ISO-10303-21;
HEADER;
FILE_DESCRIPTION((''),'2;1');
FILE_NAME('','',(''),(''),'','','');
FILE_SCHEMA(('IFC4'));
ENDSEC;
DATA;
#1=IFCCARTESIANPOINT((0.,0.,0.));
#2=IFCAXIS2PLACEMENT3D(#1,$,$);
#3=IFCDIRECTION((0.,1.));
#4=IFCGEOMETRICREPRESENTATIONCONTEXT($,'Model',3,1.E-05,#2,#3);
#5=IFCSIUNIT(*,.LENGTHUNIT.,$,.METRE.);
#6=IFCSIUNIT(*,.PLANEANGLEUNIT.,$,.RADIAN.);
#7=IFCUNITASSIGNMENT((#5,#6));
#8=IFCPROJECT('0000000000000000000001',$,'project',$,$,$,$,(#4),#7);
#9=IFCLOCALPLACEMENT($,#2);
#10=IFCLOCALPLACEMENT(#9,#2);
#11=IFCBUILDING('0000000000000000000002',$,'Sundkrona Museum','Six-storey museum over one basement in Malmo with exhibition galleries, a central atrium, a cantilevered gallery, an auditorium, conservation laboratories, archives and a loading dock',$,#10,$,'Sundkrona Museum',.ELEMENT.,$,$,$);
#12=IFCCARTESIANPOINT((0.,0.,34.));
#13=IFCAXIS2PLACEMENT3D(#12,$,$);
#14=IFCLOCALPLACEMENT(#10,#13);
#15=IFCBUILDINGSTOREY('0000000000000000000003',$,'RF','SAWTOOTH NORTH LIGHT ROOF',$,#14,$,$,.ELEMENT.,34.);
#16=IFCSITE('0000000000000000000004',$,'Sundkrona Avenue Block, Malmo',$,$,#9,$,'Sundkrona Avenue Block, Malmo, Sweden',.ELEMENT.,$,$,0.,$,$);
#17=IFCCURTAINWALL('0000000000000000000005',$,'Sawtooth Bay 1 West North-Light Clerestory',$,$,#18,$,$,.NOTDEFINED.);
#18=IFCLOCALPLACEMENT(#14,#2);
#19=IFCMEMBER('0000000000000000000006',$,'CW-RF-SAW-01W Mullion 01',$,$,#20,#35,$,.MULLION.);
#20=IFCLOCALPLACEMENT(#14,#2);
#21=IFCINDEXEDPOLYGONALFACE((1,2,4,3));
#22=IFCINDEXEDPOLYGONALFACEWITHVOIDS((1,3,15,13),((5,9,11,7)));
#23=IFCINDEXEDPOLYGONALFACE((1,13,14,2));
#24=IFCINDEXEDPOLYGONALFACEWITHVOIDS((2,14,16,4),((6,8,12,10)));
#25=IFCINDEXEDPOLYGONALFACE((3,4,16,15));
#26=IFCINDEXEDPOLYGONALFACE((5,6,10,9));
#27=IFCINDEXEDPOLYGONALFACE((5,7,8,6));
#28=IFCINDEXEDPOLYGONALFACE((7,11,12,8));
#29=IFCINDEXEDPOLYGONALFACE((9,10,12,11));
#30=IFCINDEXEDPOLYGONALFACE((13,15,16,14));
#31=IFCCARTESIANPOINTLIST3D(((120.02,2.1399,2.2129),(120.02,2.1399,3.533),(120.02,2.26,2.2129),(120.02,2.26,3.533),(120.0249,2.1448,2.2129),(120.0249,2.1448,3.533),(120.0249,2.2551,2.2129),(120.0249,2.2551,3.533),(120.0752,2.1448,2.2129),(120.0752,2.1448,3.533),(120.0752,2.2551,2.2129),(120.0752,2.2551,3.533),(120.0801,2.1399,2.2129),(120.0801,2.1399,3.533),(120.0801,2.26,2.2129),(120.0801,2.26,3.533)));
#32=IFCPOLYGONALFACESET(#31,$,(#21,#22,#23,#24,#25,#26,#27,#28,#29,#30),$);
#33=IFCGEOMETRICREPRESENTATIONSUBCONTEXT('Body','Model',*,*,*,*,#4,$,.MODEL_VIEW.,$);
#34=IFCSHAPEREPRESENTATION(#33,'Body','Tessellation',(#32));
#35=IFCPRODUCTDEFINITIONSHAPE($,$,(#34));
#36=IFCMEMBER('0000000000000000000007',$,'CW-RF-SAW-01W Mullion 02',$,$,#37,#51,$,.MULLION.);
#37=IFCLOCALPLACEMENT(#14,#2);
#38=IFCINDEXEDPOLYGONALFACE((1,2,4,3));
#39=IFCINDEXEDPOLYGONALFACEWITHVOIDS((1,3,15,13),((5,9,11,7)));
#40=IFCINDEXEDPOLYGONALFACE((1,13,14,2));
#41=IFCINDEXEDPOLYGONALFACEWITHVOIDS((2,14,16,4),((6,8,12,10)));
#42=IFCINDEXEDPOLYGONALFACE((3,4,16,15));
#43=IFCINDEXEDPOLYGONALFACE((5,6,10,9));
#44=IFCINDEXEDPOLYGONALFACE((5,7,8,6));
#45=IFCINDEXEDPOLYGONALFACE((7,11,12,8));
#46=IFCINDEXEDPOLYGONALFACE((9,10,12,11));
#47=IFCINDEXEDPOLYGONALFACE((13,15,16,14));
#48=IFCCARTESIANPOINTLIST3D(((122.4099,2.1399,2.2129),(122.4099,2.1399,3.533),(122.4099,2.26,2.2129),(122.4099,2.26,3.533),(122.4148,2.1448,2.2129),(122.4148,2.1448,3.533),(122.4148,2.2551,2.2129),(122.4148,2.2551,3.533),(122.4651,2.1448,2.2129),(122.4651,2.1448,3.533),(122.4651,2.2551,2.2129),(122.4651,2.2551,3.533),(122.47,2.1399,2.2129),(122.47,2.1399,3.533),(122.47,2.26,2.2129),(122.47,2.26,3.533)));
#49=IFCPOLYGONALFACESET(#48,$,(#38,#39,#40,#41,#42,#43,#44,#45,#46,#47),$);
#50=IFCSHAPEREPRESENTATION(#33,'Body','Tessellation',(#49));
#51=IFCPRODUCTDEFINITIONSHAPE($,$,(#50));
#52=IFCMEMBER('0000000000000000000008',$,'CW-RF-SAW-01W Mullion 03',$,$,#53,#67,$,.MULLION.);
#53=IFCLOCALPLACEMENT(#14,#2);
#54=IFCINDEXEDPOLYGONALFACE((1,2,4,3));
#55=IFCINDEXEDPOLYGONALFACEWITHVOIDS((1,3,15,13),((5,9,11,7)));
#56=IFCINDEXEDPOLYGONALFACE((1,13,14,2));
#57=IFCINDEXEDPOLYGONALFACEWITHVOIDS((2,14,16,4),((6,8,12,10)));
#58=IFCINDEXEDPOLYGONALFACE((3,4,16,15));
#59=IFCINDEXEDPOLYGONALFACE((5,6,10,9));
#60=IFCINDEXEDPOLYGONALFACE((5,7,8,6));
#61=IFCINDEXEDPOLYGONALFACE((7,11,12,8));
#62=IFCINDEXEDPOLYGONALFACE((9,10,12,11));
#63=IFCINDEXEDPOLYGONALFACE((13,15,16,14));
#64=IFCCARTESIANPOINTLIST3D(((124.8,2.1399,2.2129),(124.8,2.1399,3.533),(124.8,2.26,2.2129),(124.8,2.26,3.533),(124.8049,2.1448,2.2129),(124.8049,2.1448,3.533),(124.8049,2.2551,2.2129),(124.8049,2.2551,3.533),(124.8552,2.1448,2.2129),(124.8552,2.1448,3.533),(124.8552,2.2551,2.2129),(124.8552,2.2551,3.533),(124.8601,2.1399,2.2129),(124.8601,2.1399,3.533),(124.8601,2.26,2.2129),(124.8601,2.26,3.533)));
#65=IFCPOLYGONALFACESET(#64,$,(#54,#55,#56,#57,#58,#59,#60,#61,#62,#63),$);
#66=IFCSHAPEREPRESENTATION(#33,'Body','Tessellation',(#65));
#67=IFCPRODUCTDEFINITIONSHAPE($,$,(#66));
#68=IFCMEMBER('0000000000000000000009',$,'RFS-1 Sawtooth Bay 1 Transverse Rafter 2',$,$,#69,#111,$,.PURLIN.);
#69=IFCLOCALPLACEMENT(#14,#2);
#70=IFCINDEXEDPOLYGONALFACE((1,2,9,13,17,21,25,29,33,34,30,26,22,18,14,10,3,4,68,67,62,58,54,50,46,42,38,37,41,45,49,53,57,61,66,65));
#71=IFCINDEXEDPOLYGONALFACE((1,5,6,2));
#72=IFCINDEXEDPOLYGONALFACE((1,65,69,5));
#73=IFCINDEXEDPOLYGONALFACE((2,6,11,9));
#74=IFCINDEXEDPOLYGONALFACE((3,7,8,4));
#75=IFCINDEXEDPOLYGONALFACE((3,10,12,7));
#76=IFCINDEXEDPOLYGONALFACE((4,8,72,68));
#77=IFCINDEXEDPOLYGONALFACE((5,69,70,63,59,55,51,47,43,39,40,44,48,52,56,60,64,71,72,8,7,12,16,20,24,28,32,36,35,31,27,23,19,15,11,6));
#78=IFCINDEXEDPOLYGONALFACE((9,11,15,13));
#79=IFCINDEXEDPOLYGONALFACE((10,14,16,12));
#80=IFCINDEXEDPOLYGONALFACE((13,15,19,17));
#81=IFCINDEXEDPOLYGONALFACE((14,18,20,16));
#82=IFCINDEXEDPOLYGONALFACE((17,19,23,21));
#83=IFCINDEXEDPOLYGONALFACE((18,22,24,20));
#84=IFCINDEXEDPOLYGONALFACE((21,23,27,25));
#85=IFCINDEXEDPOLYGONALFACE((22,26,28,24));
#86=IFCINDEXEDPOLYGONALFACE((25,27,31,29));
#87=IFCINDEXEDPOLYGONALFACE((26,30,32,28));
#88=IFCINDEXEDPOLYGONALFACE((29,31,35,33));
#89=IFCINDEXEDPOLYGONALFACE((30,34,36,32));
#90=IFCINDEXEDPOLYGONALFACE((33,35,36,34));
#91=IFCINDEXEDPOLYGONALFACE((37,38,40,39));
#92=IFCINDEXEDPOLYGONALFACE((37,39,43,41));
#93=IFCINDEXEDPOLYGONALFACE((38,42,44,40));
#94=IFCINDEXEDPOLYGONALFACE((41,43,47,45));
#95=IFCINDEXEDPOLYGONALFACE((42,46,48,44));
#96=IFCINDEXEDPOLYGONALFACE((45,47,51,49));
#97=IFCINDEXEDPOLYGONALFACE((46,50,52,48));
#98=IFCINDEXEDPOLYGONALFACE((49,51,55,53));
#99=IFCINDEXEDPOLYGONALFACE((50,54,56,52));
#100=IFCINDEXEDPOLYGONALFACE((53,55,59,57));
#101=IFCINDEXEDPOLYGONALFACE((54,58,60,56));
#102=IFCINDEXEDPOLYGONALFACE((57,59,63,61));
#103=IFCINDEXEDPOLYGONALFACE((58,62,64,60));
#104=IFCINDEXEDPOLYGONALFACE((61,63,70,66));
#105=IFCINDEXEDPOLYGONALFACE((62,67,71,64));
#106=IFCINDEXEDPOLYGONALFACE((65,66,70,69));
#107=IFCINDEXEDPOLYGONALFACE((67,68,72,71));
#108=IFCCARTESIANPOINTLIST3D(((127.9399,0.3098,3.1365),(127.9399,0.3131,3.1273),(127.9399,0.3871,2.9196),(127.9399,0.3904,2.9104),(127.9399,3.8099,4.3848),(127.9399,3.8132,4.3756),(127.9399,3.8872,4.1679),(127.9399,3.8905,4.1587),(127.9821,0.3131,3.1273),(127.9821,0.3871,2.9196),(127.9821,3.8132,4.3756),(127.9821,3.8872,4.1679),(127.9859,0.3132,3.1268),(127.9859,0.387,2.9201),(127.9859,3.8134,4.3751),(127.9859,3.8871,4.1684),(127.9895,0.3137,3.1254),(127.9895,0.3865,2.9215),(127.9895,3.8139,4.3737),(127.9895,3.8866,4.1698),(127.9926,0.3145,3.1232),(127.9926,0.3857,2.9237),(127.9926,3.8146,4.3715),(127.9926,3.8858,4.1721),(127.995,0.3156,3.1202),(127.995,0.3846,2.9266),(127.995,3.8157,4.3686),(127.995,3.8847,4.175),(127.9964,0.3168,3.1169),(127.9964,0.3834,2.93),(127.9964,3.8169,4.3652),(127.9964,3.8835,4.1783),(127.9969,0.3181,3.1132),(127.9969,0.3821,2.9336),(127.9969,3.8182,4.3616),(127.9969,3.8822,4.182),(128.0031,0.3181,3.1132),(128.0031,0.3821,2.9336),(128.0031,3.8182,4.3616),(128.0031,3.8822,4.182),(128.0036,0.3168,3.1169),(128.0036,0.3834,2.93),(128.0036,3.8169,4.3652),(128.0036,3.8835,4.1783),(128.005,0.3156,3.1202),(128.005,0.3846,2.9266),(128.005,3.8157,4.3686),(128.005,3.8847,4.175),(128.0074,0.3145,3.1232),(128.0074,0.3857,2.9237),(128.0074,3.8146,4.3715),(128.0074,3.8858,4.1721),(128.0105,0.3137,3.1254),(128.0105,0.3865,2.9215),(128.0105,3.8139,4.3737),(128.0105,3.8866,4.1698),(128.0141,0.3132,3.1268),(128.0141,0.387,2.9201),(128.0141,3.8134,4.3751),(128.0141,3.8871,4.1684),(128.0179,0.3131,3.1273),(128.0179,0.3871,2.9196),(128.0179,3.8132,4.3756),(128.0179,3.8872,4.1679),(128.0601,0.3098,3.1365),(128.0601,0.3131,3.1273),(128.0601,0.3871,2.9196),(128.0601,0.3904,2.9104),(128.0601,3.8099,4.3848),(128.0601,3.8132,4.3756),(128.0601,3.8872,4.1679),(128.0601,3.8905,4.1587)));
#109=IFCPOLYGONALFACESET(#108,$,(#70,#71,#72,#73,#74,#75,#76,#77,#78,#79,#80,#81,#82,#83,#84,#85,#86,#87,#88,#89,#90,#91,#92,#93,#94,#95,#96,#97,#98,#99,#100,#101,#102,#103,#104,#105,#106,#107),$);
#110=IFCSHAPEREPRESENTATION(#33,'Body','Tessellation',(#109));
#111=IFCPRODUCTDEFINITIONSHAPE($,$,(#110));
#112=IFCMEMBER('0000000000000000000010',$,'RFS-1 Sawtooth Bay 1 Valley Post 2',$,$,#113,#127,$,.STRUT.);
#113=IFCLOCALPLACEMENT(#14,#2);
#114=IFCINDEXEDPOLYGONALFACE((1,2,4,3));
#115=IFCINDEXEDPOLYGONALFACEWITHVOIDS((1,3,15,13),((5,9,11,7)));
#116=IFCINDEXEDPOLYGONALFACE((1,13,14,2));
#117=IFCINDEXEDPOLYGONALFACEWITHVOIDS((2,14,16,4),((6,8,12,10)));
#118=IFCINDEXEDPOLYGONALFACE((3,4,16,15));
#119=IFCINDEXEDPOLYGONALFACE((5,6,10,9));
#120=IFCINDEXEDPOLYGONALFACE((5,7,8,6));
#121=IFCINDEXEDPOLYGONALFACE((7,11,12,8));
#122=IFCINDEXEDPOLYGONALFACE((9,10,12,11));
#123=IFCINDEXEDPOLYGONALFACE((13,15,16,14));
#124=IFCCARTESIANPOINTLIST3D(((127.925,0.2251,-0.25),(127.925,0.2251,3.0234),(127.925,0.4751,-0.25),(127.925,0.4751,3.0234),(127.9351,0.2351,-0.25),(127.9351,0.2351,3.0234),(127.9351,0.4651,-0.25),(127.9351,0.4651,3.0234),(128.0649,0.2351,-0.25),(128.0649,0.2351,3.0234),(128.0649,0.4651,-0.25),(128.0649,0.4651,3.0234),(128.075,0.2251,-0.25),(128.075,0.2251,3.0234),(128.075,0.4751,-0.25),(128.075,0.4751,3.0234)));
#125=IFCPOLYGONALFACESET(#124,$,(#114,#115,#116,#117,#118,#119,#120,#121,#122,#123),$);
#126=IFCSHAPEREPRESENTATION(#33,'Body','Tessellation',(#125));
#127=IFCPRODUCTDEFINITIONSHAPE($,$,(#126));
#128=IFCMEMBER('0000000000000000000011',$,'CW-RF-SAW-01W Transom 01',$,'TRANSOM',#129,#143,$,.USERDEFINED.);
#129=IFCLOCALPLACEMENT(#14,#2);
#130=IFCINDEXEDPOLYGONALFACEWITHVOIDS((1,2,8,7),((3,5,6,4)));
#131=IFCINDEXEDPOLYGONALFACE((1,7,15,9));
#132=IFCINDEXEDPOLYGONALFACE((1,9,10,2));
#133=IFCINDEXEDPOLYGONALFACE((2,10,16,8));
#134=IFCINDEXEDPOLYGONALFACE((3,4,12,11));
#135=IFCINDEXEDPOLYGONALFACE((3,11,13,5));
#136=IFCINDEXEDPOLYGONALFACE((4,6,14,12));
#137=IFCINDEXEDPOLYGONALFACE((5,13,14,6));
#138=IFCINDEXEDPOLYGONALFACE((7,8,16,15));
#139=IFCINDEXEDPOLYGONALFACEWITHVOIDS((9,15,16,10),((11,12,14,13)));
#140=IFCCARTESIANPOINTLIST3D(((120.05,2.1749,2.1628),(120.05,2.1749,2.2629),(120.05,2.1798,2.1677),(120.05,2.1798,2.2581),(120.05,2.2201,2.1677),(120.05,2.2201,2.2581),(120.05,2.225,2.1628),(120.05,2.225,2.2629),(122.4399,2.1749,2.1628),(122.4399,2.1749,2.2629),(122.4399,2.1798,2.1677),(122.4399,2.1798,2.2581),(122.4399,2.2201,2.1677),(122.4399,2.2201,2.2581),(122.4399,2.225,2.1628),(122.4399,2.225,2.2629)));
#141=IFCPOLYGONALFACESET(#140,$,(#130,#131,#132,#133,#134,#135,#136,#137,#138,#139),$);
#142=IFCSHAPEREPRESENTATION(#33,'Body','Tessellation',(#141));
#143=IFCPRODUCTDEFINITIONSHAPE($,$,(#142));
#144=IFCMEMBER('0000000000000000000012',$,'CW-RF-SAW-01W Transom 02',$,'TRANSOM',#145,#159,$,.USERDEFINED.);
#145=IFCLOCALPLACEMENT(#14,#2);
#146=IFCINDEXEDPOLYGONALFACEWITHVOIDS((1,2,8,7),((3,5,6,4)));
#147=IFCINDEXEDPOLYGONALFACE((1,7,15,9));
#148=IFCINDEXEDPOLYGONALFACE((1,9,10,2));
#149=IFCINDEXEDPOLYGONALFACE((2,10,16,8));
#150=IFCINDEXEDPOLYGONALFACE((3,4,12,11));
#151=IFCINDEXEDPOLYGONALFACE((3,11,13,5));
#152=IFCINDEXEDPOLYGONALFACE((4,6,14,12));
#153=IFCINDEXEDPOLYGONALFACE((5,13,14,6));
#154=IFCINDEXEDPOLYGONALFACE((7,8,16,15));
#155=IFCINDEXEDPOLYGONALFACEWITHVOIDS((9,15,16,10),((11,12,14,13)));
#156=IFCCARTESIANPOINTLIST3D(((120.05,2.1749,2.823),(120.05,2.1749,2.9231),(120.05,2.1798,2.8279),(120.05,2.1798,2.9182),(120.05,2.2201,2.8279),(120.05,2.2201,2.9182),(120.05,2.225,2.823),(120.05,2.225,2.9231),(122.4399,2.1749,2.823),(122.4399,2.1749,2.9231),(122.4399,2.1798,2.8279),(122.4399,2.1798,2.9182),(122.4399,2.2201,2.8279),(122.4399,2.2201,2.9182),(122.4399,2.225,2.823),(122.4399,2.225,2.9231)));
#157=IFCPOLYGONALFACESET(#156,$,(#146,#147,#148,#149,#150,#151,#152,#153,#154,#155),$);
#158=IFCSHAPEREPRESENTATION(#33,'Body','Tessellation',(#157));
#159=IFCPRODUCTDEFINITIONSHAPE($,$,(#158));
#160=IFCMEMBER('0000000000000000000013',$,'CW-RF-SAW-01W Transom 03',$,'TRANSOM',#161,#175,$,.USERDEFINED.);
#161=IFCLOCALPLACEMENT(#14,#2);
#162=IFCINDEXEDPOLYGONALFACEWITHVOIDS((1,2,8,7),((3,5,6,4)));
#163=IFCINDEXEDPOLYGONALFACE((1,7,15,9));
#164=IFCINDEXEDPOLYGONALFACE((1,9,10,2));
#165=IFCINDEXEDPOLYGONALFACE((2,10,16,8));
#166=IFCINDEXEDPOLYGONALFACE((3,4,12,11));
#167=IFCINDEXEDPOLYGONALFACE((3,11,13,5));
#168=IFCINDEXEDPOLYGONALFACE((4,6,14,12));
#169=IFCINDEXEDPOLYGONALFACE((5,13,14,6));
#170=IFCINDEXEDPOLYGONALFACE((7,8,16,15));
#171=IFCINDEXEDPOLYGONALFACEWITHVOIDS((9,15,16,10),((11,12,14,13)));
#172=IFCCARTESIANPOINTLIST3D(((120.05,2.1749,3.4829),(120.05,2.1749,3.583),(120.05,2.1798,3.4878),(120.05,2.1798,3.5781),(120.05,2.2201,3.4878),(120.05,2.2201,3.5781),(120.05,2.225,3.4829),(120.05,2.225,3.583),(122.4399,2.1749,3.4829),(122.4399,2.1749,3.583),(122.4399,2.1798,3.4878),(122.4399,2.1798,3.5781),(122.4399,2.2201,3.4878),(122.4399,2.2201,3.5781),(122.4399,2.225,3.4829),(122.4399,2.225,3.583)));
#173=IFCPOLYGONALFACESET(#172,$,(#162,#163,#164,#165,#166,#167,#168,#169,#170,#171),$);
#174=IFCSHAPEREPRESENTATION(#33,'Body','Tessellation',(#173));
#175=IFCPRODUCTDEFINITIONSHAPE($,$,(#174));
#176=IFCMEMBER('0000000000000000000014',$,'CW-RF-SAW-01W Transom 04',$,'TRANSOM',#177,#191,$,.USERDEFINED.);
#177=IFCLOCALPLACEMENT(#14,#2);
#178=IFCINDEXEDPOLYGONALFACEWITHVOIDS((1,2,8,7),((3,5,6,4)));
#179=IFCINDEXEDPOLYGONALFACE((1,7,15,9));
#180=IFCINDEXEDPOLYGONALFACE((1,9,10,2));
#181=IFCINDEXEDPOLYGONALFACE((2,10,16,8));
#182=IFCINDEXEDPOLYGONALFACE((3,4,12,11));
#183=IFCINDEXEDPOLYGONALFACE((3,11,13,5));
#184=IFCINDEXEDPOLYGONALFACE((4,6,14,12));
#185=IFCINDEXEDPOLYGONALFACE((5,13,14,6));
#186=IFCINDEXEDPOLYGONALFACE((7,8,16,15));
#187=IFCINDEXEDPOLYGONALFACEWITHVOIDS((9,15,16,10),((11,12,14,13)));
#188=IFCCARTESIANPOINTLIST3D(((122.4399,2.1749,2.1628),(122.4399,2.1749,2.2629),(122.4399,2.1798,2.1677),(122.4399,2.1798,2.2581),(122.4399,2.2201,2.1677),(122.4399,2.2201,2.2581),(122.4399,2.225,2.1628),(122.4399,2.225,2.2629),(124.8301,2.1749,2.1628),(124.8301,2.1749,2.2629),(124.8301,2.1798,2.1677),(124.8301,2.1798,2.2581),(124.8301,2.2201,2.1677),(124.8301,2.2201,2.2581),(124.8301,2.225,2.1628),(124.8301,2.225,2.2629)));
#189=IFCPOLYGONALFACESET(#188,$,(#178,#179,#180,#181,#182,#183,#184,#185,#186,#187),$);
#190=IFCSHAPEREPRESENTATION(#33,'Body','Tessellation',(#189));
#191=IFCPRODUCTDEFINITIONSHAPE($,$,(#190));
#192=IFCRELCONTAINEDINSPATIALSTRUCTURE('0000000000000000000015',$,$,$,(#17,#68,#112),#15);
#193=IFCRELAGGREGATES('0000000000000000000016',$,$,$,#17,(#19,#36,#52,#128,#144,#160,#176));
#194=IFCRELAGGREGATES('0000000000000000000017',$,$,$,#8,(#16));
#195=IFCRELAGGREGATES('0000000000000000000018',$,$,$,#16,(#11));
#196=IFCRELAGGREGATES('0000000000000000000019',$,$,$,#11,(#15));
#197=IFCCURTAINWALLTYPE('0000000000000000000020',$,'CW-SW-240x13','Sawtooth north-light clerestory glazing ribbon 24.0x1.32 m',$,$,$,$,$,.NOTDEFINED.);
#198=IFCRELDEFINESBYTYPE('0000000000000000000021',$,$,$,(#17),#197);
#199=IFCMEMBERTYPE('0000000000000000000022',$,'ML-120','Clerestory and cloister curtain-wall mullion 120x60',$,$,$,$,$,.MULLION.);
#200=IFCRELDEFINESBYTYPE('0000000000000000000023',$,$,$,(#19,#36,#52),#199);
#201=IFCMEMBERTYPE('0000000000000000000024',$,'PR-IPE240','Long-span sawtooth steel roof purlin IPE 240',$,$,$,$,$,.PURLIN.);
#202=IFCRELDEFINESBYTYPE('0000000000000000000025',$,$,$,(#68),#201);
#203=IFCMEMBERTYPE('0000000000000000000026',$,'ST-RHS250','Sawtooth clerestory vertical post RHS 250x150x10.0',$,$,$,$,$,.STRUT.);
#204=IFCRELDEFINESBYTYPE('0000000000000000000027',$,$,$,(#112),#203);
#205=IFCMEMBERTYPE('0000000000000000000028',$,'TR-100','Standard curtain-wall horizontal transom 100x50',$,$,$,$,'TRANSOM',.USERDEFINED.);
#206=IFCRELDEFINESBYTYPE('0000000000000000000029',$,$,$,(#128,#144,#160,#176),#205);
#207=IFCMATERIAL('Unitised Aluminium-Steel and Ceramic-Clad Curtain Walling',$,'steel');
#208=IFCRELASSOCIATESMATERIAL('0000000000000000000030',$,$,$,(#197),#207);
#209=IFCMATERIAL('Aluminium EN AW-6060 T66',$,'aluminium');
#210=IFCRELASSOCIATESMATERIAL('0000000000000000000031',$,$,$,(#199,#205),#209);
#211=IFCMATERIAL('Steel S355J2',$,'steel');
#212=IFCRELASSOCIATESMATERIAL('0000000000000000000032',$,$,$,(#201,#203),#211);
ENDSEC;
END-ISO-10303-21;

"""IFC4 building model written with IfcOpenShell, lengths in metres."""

from ifc_helpers import new_model, si_unit, direction, frame, origin, origin_2d, place, context, subcontext, project, spatial, hollow_rectangle, i_section, extrude, material, material_profile, profile_set, type_object, element, aggregate, save


model = new_model("IFC4")

# Units and contexts
model_context = context("Model", 3, precision=1e-05, world=origin(), true_north=direction((0.0, 1.0)))
body_context = subcontext(model_context, "Body", "Model", "MODEL_VIEW")
ifc_project = project(units=[si_unit("LENGTHUNIT", "METRE"), si_unit("PLANEANGLEUNIT", "RADIAN")], contexts=[model_context])

# Site, building, storey
site_placement = place(None, origin())
site = spatial("IfcSite", under=ifc_project, at=site_placement, Name="Sundkrona Avenue Block, Malmo", LongName="Sundkrona Avenue Block, Malmo, Sweden", CompositionType="ELEMENT", RefElevation=0.0)
building_placement = place(site_placement, origin())
building = spatial("IfcBuilding", under=site, at=building_placement, Name="Sundkrona Museum", Description="Six-storey museum over one basement in Malmo with exhibition galleries, a central atrium, a cantilevered gallery, an auditorium, conservation laboratories, archives and a loading dock", LongName="Sundkrona Museum", CompositionType="ELEMENT")
storey_placement = place(building_placement, frame((0.0, 0.0, 34.0)))
storey = spatial("IfcBuildingStorey", under=building, at=storey_placement, Name="RF", Description="SAWTOOTH NORTH LIGHT ROOF", CompositionType="ELEMENT", Elevation=34.0)

# Curtain wall, members
ifc_material_1 = material(Name="Unitised Aluminium-Steel and Ceramic-Clad Curtain Walling", Category="steel")
curtain_wall_type = type_object("IfcCurtainWallType", Name="CW-SW-240x13", Description="Sawtooth north-light clerestory glazing ribbon 24.0x1.32 m", PredefinedType="NOTDEFINED", material=ifc_material_1)
curtain_wall_placement = place(storey_placement, origin())
curtain_wall = element("IfcCurtainWall", 1, at=curtain_wall_placement, inside=storey, type_object=curtain_wall_type, Name="Sawtooth Bay 1 West North-Light Clerestory", PredefinedType="NOTDEFINED")
ifc_material_2 = material(Name="Aluminium EN AW-6060 T66", Category="aluminium")
ifc_material_profile_1 = material_profile(ifc_material_2, hollow_rectangle(XDim=0.0601, YDim=0.1201, WallThickness=0.0049, at=origin_2d()), Name="RHS 120x60x5.0")
ifc_profile_set_1 = profile_set([ifc_material_profile_1], Name="Aluminium EN AW-6060 T66")
member_type_1 = type_object("IfcMemberType", Name="ML-120", Description="Clerestory and cloister curtain-wall mullion 120x60", PredefinedType="MULLION", material=ifc_profile_set_1)
member_1_placement = place(storey_placement, frame((120.05, 2.2, 2.2129), z_axis=(0.0, 0.0, 1.0), x_axis=(1.0, 0.0, 0.0)))
member_1 = element("IfcMember", 2, at=member_1_placement, type_object=member_type_1, Name="CW-RF-SAW-01W Mullion 01", PredefinedType="MULLION", context=body_context, shape_type="SweptSolid", body=[
    extrude(hollow_rectangle(XDim=0.0601, YDim=0.1201, WallThickness=0.0049, at=origin_2d()), origin(), (0.0, 0.0, 1.0), 1.3201),
])
member_2_placement = place(storey_placement, frame((122.4399, 2.2, 2.2129), z_axis=(0.0, 0.0, 1.0), x_axis=(1.0, 0.0, 0.0)))
member_2 = element("IfcMember", 3, at=member_2_placement, type_object=member_type_1, Name="CW-RF-SAW-01W Mullion 02", PredefinedType="MULLION", context=body_context, shape_type="SweptSolid", body=[
    extrude(hollow_rectangle(XDim=0.0601, YDim=0.1201, WallThickness=0.0049, at=origin_2d()), origin(), (0.0, 0.0, 1.0), 1.3201),
])
member_3_placement = place(storey_placement, frame((124.8301, 2.2, 2.2129), z_axis=(0.0, 0.0, 1.0), x_axis=(1.0, 0.0, 0.0)))
member_3 = element("IfcMember", 4, at=member_3_placement, type_object=member_type_1, Name="CW-RF-SAW-01W Mullion 03", PredefinedType="MULLION", context=body_context, shape_type="SweptSolid", body=[
    extrude(hollow_rectangle(XDim=0.0601, YDim=0.1201, WallThickness=0.0049, at=origin_2d()), origin(), (0.0, 0.0, 1.0), 1.3201),
])

# Members
ifc_material_3 = material(Name="Steel S355J2", Category="steel")
ifc_material_profile_2 = material_profile(ifc_material_3, i_section(OverallWidth=0.1201, OverallDepth=0.24, WebThickness=0.0061, FlangeThickness=0.0098, FilletRadius=0.0149, at=origin_2d()), Name="IPE 240")
ifc_profile_set_2 = profile_set([ifc_material_profile_2], Name="Steel S355J2")
member_type_2 = type_object("IfcMemberType", Name="PR-IPE240", Description="Long-span sawtooth steel roof purlin IPE 240", PredefinedType="PURLIN", material=ifc_profile_set_2)
member_4_placement = place(storey_placement, frame((128.0, 0.3501, 3.0234), z_axis=(0.0, 0.941887, 0.335928), x_axis=(-1.0, 0.0, 0.0)))
element("IfcMember", 5, at=member_4_placement, inside=storey, type_object=member_type_2, Name="RFS-1 Sawtooth Bay 1 Transverse Rafter 2", PredefinedType="PURLIN", context=body_context, shape_type="SweptSolid", body=[
    extrude(i_section(OverallWidth=0.1201, OverallDepth=0.24, WebThickness=0.0061, FlangeThickness=0.0098, FilletRadius=0.0149, at=origin_2d()), origin(), (0.0, 0.0, 1.0), 3.7161),
])
ifc_material_profile_3 = material_profile(ifc_material_3, hollow_rectangle(XDim=0.1499, YDim=0.25, WallThickness=0.01, at=origin_2d()), Name="RHS 250x150x10.0")
ifc_profile_set_3 = profile_set([ifc_material_profile_3], Name="Steel S355J2")
member_type_3 = type_object("IfcMemberType", Name="ST-RHS250", Description="Sawtooth clerestory vertical post RHS 250x150x10.0", PredefinedType="STRUT", material=ifc_profile_set_3)
member_5_placement = place(storey_placement, frame((128.0, 0.3501, -0.25), z_axis=(0.0, 0.0, 1.0), x_axis=(1.0, 0.0, 0.0)))
element("IfcMember", 6, at=member_5_placement, inside=storey, type_object=member_type_3, Name="RFS-1 Sawtooth Bay 1 Valley Post 2", PredefinedType="STRUT", context=body_context, shape_type="SweptSolid", body=[
    extrude(hollow_rectangle(XDim=0.1499, YDim=0.25, WallThickness=0.01, at=origin_2d()), origin(), (0.0, 0.0, 1.0), 3.2734),
])

# Members
ifc_material_profile_4 = material_profile(ifc_material_2, hollow_rectangle(XDim=0.05, YDim=0.1001, WallThickness=0.0049, at=origin_2d()), Name="RHS 100x50x5.0")
ifc_profile_set_4 = profile_set([ifc_material_profile_4], Name="Aluminium EN AW-6060 T66")
member_type_4 = type_object("IfcMemberType", Name="TR-100", Description="Standard curtain-wall horizontal transom 100x50", ElementType="TRANSOM", PredefinedType="USERDEFINED", material=ifc_profile_set_4)
member_6_placement = place(storey_placement, frame((120.05, 2.2, 2.2129), z_axis=(1.0, 0.0, 0.0), x_axis=(0.0, 1.0, 0.0)))
member_6 = element("IfcMember", 7, at=member_6_placement, type_object=member_type_4, Name="CW-RF-SAW-01W Transom 01", ObjectType="TRANSOM", PredefinedType="USERDEFINED", context=body_context, shape_type="SweptSolid", body=[
    extrude(hollow_rectangle(XDim=0.05, YDim=0.1001, WallThickness=0.0049, at=origin_2d()), origin(), (0.0, 0.0, 1.0), 2.3899),
])
member_7_placement = place(storey_placement, frame((120.05, 2.2, 2.873), z_axis=(1.0, 0.0, 0.0), x_axis=(0.0, 1.0, 0.0)))
member_7 = element("IfcMember", 8, at=member_7_placement, type_object=member_type_4, Name="CW-RF-SAW-01W Transom 02", ObjectType="TRANSOM", PredefinedType="USERDEFINED", context=body_context, shape_type="SweptSolid", body=[
    extrude(hollow_rectangle(XDim=0.05, YDim=0.1001, WallThickness=0.0049, at=origin_2d()), origin(), (0.0, 0.0, 1.0), 2.3899),
])
member_8_placement = place(storey_placement, frame((120.05, 2.2, 3.533), z_axis=(1.0, 0.0, 0.0), x_axis=(0.0, 1.0, 0.0)))
member_8 = element("IfcMember", 9, at=member_8_placement, type_object=member_type_4, Name="CW-RF-SAW-01W Transom 03", ObjectType="TRANSOM", PredefinedType="USERDEFINED", context=body_context, shape_type="SweptSolid", body=[
    extrude(hollow_rectangle(XDim=0.05, YDim=0.1001, WallThickness=0.0049, at=origin_2d()), origin(), (0.0, 0.0, 1.0), 2.3899),
])
member_9_placement = place(storey_placement, frame((122.4399, 2.2, 2.2129), z_axis=(1.0, 0.0, 0.0), x_axis=(0.0, 1.0, 0.0)))
member_9 = element("IfcMember", 10, at=member_9_placement, type_object=member_type_4, Name="CW-RF-SAW-01W Transom 04", ObjectType="TRANSOM", PredefinedType="USERDEFINED", context=body_context, shape_type="SweptSolid", body=[
    extrude(hollow_rectangle(XDim=0.05, YDim=0.1001, WallThickness=0.0049, at=origin_2d()), origin(), (0.0, 0.0, 1.0), 2.3901),
])

aggregate(curtain_wall, [member_1, member_2, member_3, member_6, member_7, member_8, member_9])

save(model, "model.ifc")
